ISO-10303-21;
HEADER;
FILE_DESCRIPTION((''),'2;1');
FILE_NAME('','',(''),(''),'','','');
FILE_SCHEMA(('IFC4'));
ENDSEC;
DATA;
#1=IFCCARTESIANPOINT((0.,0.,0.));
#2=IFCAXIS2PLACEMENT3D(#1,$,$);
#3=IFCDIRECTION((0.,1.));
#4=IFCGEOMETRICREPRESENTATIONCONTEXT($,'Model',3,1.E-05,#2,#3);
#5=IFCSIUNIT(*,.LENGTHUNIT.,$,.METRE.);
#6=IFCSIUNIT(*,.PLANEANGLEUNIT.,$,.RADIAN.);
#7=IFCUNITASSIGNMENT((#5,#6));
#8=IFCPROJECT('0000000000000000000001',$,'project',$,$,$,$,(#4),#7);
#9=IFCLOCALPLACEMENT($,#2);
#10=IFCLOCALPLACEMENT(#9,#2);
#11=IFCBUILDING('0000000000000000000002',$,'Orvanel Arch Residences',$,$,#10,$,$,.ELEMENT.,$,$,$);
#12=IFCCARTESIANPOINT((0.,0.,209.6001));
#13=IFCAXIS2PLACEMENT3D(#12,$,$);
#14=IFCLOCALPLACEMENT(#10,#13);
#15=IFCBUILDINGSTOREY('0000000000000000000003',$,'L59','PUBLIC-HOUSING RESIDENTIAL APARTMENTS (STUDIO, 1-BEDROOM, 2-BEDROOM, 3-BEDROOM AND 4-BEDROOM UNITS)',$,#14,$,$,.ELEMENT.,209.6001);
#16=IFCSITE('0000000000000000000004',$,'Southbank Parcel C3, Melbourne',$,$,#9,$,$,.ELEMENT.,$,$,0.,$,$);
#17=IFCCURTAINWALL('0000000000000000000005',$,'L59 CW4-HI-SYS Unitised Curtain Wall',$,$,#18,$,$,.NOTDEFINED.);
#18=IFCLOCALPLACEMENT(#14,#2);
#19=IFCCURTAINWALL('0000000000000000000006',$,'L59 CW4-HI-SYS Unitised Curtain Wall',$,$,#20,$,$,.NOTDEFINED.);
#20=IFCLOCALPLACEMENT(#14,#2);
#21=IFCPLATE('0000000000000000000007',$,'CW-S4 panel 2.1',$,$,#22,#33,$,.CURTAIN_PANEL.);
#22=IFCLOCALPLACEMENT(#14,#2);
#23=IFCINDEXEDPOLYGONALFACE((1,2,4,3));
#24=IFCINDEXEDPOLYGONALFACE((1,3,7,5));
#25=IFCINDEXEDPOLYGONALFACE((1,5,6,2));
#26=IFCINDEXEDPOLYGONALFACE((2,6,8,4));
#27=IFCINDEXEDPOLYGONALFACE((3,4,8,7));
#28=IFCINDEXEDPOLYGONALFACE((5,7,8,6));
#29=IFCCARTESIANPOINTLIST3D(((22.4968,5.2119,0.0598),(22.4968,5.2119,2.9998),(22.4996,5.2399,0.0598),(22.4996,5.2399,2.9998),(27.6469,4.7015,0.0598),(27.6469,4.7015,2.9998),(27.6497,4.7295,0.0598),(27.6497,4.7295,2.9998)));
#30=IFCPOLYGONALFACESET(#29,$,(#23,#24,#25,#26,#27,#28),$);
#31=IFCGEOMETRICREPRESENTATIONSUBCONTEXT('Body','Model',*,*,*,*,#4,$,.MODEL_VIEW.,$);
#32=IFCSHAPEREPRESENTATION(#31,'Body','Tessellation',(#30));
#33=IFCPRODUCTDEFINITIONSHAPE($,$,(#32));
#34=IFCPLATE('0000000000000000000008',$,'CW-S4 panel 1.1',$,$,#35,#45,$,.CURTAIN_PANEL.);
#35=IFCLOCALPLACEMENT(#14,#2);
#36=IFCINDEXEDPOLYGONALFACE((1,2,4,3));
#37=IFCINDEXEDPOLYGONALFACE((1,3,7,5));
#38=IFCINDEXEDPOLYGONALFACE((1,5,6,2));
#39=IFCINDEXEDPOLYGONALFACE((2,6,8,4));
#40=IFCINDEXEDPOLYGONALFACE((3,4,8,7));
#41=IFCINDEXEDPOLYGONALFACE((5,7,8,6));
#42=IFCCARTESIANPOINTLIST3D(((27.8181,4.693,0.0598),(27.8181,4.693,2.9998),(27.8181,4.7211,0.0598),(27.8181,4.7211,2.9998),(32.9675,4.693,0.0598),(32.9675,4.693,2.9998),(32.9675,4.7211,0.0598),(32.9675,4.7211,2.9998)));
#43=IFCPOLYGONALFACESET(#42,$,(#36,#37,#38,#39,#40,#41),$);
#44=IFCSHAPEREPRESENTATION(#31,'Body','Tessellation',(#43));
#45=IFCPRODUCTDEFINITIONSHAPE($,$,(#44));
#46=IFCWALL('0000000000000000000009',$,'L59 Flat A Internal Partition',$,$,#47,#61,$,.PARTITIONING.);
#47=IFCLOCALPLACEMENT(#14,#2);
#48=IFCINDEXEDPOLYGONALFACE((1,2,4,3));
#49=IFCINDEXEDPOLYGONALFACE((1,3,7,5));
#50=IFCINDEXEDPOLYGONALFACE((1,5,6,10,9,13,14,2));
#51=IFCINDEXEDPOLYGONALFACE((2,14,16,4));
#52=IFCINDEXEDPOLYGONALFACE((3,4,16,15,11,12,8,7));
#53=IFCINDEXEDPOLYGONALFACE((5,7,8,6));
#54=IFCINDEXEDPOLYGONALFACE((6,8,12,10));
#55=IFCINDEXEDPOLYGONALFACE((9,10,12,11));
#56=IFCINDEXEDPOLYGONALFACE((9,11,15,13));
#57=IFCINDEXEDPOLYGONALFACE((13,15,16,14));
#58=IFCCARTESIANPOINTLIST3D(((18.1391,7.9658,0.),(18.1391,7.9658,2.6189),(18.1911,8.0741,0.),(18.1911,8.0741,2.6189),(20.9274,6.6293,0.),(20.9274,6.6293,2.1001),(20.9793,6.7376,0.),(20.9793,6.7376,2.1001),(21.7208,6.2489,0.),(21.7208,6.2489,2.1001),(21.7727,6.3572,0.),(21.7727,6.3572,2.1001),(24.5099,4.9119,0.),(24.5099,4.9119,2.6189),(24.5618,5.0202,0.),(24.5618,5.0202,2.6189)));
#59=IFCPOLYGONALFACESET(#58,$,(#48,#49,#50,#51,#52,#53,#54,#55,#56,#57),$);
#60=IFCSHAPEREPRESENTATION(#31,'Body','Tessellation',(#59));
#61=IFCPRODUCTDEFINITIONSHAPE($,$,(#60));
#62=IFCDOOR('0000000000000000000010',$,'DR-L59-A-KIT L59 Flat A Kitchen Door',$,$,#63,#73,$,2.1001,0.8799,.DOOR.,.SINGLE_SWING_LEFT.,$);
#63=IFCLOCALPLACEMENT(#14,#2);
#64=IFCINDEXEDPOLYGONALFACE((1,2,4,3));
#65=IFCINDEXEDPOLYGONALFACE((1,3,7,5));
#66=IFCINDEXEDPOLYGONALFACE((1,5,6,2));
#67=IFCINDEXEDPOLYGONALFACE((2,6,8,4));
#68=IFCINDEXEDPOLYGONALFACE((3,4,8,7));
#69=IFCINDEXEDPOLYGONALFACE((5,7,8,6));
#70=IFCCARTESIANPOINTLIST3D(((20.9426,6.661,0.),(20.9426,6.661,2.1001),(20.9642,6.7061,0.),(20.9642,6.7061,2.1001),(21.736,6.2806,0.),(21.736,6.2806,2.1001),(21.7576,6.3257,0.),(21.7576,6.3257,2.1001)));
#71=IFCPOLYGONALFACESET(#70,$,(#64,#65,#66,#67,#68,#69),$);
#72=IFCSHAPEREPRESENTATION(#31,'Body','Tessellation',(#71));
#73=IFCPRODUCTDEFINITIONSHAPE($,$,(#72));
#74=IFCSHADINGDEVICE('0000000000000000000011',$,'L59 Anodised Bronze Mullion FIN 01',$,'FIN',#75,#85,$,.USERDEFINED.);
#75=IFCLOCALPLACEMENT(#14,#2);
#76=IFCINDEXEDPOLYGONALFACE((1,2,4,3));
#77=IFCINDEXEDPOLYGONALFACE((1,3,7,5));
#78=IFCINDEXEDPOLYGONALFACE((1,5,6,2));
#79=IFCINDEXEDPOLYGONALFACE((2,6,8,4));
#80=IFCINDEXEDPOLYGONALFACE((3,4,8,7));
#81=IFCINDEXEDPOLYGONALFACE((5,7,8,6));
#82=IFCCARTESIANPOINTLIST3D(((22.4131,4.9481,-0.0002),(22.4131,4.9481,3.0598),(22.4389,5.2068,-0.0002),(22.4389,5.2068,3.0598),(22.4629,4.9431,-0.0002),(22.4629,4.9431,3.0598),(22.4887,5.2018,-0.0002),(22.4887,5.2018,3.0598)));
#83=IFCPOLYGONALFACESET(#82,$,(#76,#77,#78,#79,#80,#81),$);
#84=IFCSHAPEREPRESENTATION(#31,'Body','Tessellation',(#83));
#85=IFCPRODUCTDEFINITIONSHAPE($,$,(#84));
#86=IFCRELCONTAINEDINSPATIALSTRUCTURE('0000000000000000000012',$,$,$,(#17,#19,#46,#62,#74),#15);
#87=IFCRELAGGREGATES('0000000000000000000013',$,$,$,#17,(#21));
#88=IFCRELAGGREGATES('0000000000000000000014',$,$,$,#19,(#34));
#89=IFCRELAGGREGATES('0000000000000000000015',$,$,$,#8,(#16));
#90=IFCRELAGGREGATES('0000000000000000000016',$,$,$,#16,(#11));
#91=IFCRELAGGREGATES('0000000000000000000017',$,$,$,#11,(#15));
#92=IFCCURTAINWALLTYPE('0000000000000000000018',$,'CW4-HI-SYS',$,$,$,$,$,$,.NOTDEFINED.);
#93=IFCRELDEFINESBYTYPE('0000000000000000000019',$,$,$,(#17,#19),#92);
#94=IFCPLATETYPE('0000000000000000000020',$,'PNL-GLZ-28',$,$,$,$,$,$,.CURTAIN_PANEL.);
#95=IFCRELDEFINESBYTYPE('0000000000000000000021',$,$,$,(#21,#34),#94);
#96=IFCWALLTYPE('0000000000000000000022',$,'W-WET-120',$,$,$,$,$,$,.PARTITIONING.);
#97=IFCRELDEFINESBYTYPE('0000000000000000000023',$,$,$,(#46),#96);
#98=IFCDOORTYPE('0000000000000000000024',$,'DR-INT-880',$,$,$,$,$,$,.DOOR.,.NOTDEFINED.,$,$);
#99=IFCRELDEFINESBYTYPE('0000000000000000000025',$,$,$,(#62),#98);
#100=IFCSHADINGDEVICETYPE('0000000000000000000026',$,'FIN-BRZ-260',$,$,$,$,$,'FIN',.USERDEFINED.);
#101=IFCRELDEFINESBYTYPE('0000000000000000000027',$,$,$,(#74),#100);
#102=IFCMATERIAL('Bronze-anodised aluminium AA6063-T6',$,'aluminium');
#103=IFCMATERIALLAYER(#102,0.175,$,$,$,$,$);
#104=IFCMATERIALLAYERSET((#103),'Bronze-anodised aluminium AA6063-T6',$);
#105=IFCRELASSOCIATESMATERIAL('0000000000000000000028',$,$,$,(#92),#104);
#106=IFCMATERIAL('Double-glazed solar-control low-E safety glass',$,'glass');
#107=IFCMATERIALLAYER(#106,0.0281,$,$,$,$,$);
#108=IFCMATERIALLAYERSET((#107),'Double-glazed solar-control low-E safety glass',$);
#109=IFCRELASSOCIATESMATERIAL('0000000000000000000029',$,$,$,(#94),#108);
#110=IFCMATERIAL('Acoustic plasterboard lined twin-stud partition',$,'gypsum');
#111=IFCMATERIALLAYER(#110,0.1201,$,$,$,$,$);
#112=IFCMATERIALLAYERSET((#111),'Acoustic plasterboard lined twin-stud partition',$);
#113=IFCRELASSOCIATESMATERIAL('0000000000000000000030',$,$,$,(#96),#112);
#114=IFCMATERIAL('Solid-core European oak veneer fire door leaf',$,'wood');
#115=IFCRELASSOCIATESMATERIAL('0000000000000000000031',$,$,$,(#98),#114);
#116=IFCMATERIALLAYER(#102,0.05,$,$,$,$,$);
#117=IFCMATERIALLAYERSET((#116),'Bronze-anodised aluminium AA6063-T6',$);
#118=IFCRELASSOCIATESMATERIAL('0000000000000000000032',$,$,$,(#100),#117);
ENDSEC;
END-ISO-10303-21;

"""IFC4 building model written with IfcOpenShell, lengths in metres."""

from ifc_helpers import new_model, si_unit, direction, frame, frame_2d, origin, origin_2d, place, context, subcontext, project, spatial, rectangle, extrude, material, layer, layer_set, type_object, element, fill, aggregate, save


model = new_model("IFC4")

# Units and contexts
model_context = context("Model", 3, precision=1e-05, world=origin(), true_north=direction((0.0, 1.0)))
body_context = subcontext(model_context, "Body", "Model", "MODEL_VIEW")
ifc_project = project(units=[si_unit("LENGTHUNIT", "METRE"), si_unit("PLANEANGLEUNIT", "RADIAN")], contexts=[model_context])

# Site, building, storey
site_placement = place(None, origin())
site = spatial("IfcSite", under=ifc_project, at=site_placement, Name="Southbank Parcel C3, Melbourne", CompositionType="ELEMENT", RefElevation=0.0)
building_placement = place(site_placement, origin())
building = spatial("IfcBuilding", under=site, at=building_placement, Name="Orvanel Arch Residences", CompositionType="ELEMENT")
storey_placement = place(building_placement, frame((0.0, 0.0, 209.6001)))
storey = spatial("IfcBuildingStorey", under=building, at=storey_placement, Name="L59", Description="PUBLIC-HOUSING RESIDENTIAL APARTMENTS (STUDIO, 1-BEDROOM, 2-BEDROOM, 3-BEDROOM AND 4-BEDROOM UNITS)", CompositionType="ELEMENT", Elevation=209.6001)

# Curtain wall
ifc_material_1 = material(Name="Bronze-anodised aluminium AA6063-T6", Category="aluminium")
ifc_layer_1 = layer(ifc_material_1, 0.175)
ifc_layer_set_1 = layer_set([ifc_layer_1], Name="Bronze-anodised aluminium AA6063-T6")
curtain_wall_type = type_object("IfcCurtainWallType", Name="CW4-HI-SYS", PredefinedType="NOTDEFINED", material=ifc_layer_set_1)
curtain_wall_1_placement = place(storey_placement, origin())
curtain_wall_1 = element("IfcCurtainWall", 1, at=curtain_wall_1_placement, inside=storey, type_object=curtain_wall_type, Name="L59 CW4-HI-SYS Unitised Curtain Wall", PredefinedType="NOTDEFINED")

# Curtain wall
curtain_wall_2_placement = place(storey_placement, origin())
curtain_wall_2 = element("IfcCurtainWall", 2, at=curtain_wall_2_placement, inside=storey, type_object=curtain_wall_type, Name="L59 CW4-HI-SYS Unitised Curtain Wall", PredefinedType="NOTDEFINED")

# Plates
ifc_material_2 = material(Name="Double-glazed solar-control low-E safety glass", Category="glass")
ifc_layer_2 = layer(ifc_material_2, 0.0281)
ifc_layer_set_2 = layer_set([ifc_layer_2], Name="Double-glazed solar-control low-E safety glass")
plate_type = type_object("IfcPlateType", Name="PNL-GLZ-28", PredefinedType="CURTAIN_PANEL", material=ifc_layer_set_2)
plate_1_placement = place(storey_placement, frame((25.0732, 4.9707, 0.0598), z_axis=(0.0, 0.0, 1.0), x_axis=(0.995125, -0.098621, 0.0)))
plate_1 = element("IfcPlate", 3, at=plate_1_placement, type_object=plate_type, Name="CW-S4 panel 2.1", PredefinedType="CURTAIN_PANEL", context=body_context, shape_type="SweptSolid", body=[
    extrude(rectangle(XDim=5.1753, YDim=0.0281, at=origin_2d()), origin(), (0.0, 0.0, 1.0), 2.9399),
])
aggregate(curtain_wall_1, [plate_1])
plate_2_placement = place(storey_placement, frame((30.3928, 4.707, 0.0598), z_axis=(0.0, 0.0, 1.0), x_axis=(1.0, 0.0, 0.0)))
plate_2 = element("IfcPlate", 4, at=plate_2_placement, type_object=plate_type, Name="CW-S4 panel 1.1", PredefinedType="CURTAIN_PANEL", context=body_context, shape_type="SweptSolid", body=[
    extrude(rectangle(XDim=5.1494, YDim=0.0281, at=origin_2d()), origin(), (0.0, 0.0, 1.0), 2.9399),
])
aggregate(curtain_wall_2, [plate_2])

# Wall, opening, door
ifc_material_3 = material(Name="Acoustic plasterboard lined twin-stud partition", Category="gypsum")
ifc_layer_3 = layer(ifc_material_3, 0.1201)
ifc_layer_set_3 = layer_set([ifc_layer_3], Name="Acoustic plasterboard lined twin-stud partition")
wall_type = type_object("IfcWallType", Name="W-WET-120", PredefinedType="PARTITIONING", material=ifc_layer_set_3)
wall_placement = place(storey_placement, frame((24.5359, 4.9661, 0.0), z_axis=(0.0, 0.0, 1.0), x_axis=(-0.901747, 0.432265, 0.0)))
wall = element("IfcWall", 5, at=wall_placement, inside=storey, type_object=wall_type, Name="L59 Flat A Internal Partition", PredefinedType="PARTITIONING", context=body_context, shape_type="SweptSolid", body=[
    extrude(rectangle(XDim=7.0649, YDim=0.1201, at=frame_2d((3.5325, 0.0))), origin(), (0.0, 0.0, 1.0), 2.6189),
])
opening_placement = place(wall_placement, frame((3.093, 0.0, 0.0)))
opening = element("IfcOpeningElement", 6, at=opening_placement, cuts=wall, PredefinedType="OPENING", context=body_context, shape_type="SweptSolid", body=[
    extrude(rectangle(XDim=0.8799, YDim=2.1001, at=frame_2d((0.4399, 1.05))), frame((0.0, 0.0701, 0.0), z_axis=(0.0, -1.0, 0.0), x_axis=(1.0, 0.0, 0.0)), (0.0, 0.0, 1.0), 0.1401),
])
ifc_material_4 = material(Name="Solid-core European oak veneer fire door leaf", Category="wood")
door_type = type_object("IfcDoorType", Name="DR-INT-880", OperationType="NOTDEFINED", PredefinedType="DOOR", material=ifc_material_4)
door_placement = place(opening_placement, origin())
door = element("IfcDoor", 7, at=door_placement, inside=storey, type_object=door_type, Name="DR-L59-A-KIT L59 Flat A Kitchen Door", OperationType="SINGLE_SWING_LEFT", OverallHeight=2.1001, OverallWidth=0.8799, PredefinedType="DOOR", context=body_context, shape_type="SweptSolid", body=[
    extrude(rectangle(XDim=0.8799, YDim=2.1001, at=frame_2d((0.4399, 1.05))), frame((0.0, 0.0249, 0.0), z_axis=(0.0, -1.0, 0.0), x_axis=(1.0, 0.0, 0.0)), (0.0, 0.0, 1.0), 0.05),
])
fill(opening, door)

# Shading device
ifc_layer_4 = layer(ifc_material_1, 0.05)
ifc_layer_set_4 = layer_set([ifc_layer_4], Name="Bronze-anodised aluminium AA6063-T6")
shading_device_type = type_object("IfcShadingDeviceType", Name="FIN-BRZ-260", ElementType="FIN", PredefinedType="USERDEFINED", material=ifc_layer_set_4)
shading_device_placement = place(storey_placement, frame((22.4509, 5.075, -0.0002), z_axis=(0.0, 0.0, 1.0), x_axis=(-0.09932, -0.995056, 0.0)))
element("IfcShadingDevice", 8, at=shading_device_placement, inside=storey, type_object=shading_device_type, Name="L59 Anodised Bronze Mullion FIN 01", ObjectType="FIN", PredefinedType="USERDEFINED", context=body_context, shape_type="SweptSolid", body=[
    extrude(rectangle(XDim=0.26, YDim=0.05, at=origin_2d()), origin(), (0.0, 0.0, 1.0), 3.0601),
])

save(model, "model.ifc")
